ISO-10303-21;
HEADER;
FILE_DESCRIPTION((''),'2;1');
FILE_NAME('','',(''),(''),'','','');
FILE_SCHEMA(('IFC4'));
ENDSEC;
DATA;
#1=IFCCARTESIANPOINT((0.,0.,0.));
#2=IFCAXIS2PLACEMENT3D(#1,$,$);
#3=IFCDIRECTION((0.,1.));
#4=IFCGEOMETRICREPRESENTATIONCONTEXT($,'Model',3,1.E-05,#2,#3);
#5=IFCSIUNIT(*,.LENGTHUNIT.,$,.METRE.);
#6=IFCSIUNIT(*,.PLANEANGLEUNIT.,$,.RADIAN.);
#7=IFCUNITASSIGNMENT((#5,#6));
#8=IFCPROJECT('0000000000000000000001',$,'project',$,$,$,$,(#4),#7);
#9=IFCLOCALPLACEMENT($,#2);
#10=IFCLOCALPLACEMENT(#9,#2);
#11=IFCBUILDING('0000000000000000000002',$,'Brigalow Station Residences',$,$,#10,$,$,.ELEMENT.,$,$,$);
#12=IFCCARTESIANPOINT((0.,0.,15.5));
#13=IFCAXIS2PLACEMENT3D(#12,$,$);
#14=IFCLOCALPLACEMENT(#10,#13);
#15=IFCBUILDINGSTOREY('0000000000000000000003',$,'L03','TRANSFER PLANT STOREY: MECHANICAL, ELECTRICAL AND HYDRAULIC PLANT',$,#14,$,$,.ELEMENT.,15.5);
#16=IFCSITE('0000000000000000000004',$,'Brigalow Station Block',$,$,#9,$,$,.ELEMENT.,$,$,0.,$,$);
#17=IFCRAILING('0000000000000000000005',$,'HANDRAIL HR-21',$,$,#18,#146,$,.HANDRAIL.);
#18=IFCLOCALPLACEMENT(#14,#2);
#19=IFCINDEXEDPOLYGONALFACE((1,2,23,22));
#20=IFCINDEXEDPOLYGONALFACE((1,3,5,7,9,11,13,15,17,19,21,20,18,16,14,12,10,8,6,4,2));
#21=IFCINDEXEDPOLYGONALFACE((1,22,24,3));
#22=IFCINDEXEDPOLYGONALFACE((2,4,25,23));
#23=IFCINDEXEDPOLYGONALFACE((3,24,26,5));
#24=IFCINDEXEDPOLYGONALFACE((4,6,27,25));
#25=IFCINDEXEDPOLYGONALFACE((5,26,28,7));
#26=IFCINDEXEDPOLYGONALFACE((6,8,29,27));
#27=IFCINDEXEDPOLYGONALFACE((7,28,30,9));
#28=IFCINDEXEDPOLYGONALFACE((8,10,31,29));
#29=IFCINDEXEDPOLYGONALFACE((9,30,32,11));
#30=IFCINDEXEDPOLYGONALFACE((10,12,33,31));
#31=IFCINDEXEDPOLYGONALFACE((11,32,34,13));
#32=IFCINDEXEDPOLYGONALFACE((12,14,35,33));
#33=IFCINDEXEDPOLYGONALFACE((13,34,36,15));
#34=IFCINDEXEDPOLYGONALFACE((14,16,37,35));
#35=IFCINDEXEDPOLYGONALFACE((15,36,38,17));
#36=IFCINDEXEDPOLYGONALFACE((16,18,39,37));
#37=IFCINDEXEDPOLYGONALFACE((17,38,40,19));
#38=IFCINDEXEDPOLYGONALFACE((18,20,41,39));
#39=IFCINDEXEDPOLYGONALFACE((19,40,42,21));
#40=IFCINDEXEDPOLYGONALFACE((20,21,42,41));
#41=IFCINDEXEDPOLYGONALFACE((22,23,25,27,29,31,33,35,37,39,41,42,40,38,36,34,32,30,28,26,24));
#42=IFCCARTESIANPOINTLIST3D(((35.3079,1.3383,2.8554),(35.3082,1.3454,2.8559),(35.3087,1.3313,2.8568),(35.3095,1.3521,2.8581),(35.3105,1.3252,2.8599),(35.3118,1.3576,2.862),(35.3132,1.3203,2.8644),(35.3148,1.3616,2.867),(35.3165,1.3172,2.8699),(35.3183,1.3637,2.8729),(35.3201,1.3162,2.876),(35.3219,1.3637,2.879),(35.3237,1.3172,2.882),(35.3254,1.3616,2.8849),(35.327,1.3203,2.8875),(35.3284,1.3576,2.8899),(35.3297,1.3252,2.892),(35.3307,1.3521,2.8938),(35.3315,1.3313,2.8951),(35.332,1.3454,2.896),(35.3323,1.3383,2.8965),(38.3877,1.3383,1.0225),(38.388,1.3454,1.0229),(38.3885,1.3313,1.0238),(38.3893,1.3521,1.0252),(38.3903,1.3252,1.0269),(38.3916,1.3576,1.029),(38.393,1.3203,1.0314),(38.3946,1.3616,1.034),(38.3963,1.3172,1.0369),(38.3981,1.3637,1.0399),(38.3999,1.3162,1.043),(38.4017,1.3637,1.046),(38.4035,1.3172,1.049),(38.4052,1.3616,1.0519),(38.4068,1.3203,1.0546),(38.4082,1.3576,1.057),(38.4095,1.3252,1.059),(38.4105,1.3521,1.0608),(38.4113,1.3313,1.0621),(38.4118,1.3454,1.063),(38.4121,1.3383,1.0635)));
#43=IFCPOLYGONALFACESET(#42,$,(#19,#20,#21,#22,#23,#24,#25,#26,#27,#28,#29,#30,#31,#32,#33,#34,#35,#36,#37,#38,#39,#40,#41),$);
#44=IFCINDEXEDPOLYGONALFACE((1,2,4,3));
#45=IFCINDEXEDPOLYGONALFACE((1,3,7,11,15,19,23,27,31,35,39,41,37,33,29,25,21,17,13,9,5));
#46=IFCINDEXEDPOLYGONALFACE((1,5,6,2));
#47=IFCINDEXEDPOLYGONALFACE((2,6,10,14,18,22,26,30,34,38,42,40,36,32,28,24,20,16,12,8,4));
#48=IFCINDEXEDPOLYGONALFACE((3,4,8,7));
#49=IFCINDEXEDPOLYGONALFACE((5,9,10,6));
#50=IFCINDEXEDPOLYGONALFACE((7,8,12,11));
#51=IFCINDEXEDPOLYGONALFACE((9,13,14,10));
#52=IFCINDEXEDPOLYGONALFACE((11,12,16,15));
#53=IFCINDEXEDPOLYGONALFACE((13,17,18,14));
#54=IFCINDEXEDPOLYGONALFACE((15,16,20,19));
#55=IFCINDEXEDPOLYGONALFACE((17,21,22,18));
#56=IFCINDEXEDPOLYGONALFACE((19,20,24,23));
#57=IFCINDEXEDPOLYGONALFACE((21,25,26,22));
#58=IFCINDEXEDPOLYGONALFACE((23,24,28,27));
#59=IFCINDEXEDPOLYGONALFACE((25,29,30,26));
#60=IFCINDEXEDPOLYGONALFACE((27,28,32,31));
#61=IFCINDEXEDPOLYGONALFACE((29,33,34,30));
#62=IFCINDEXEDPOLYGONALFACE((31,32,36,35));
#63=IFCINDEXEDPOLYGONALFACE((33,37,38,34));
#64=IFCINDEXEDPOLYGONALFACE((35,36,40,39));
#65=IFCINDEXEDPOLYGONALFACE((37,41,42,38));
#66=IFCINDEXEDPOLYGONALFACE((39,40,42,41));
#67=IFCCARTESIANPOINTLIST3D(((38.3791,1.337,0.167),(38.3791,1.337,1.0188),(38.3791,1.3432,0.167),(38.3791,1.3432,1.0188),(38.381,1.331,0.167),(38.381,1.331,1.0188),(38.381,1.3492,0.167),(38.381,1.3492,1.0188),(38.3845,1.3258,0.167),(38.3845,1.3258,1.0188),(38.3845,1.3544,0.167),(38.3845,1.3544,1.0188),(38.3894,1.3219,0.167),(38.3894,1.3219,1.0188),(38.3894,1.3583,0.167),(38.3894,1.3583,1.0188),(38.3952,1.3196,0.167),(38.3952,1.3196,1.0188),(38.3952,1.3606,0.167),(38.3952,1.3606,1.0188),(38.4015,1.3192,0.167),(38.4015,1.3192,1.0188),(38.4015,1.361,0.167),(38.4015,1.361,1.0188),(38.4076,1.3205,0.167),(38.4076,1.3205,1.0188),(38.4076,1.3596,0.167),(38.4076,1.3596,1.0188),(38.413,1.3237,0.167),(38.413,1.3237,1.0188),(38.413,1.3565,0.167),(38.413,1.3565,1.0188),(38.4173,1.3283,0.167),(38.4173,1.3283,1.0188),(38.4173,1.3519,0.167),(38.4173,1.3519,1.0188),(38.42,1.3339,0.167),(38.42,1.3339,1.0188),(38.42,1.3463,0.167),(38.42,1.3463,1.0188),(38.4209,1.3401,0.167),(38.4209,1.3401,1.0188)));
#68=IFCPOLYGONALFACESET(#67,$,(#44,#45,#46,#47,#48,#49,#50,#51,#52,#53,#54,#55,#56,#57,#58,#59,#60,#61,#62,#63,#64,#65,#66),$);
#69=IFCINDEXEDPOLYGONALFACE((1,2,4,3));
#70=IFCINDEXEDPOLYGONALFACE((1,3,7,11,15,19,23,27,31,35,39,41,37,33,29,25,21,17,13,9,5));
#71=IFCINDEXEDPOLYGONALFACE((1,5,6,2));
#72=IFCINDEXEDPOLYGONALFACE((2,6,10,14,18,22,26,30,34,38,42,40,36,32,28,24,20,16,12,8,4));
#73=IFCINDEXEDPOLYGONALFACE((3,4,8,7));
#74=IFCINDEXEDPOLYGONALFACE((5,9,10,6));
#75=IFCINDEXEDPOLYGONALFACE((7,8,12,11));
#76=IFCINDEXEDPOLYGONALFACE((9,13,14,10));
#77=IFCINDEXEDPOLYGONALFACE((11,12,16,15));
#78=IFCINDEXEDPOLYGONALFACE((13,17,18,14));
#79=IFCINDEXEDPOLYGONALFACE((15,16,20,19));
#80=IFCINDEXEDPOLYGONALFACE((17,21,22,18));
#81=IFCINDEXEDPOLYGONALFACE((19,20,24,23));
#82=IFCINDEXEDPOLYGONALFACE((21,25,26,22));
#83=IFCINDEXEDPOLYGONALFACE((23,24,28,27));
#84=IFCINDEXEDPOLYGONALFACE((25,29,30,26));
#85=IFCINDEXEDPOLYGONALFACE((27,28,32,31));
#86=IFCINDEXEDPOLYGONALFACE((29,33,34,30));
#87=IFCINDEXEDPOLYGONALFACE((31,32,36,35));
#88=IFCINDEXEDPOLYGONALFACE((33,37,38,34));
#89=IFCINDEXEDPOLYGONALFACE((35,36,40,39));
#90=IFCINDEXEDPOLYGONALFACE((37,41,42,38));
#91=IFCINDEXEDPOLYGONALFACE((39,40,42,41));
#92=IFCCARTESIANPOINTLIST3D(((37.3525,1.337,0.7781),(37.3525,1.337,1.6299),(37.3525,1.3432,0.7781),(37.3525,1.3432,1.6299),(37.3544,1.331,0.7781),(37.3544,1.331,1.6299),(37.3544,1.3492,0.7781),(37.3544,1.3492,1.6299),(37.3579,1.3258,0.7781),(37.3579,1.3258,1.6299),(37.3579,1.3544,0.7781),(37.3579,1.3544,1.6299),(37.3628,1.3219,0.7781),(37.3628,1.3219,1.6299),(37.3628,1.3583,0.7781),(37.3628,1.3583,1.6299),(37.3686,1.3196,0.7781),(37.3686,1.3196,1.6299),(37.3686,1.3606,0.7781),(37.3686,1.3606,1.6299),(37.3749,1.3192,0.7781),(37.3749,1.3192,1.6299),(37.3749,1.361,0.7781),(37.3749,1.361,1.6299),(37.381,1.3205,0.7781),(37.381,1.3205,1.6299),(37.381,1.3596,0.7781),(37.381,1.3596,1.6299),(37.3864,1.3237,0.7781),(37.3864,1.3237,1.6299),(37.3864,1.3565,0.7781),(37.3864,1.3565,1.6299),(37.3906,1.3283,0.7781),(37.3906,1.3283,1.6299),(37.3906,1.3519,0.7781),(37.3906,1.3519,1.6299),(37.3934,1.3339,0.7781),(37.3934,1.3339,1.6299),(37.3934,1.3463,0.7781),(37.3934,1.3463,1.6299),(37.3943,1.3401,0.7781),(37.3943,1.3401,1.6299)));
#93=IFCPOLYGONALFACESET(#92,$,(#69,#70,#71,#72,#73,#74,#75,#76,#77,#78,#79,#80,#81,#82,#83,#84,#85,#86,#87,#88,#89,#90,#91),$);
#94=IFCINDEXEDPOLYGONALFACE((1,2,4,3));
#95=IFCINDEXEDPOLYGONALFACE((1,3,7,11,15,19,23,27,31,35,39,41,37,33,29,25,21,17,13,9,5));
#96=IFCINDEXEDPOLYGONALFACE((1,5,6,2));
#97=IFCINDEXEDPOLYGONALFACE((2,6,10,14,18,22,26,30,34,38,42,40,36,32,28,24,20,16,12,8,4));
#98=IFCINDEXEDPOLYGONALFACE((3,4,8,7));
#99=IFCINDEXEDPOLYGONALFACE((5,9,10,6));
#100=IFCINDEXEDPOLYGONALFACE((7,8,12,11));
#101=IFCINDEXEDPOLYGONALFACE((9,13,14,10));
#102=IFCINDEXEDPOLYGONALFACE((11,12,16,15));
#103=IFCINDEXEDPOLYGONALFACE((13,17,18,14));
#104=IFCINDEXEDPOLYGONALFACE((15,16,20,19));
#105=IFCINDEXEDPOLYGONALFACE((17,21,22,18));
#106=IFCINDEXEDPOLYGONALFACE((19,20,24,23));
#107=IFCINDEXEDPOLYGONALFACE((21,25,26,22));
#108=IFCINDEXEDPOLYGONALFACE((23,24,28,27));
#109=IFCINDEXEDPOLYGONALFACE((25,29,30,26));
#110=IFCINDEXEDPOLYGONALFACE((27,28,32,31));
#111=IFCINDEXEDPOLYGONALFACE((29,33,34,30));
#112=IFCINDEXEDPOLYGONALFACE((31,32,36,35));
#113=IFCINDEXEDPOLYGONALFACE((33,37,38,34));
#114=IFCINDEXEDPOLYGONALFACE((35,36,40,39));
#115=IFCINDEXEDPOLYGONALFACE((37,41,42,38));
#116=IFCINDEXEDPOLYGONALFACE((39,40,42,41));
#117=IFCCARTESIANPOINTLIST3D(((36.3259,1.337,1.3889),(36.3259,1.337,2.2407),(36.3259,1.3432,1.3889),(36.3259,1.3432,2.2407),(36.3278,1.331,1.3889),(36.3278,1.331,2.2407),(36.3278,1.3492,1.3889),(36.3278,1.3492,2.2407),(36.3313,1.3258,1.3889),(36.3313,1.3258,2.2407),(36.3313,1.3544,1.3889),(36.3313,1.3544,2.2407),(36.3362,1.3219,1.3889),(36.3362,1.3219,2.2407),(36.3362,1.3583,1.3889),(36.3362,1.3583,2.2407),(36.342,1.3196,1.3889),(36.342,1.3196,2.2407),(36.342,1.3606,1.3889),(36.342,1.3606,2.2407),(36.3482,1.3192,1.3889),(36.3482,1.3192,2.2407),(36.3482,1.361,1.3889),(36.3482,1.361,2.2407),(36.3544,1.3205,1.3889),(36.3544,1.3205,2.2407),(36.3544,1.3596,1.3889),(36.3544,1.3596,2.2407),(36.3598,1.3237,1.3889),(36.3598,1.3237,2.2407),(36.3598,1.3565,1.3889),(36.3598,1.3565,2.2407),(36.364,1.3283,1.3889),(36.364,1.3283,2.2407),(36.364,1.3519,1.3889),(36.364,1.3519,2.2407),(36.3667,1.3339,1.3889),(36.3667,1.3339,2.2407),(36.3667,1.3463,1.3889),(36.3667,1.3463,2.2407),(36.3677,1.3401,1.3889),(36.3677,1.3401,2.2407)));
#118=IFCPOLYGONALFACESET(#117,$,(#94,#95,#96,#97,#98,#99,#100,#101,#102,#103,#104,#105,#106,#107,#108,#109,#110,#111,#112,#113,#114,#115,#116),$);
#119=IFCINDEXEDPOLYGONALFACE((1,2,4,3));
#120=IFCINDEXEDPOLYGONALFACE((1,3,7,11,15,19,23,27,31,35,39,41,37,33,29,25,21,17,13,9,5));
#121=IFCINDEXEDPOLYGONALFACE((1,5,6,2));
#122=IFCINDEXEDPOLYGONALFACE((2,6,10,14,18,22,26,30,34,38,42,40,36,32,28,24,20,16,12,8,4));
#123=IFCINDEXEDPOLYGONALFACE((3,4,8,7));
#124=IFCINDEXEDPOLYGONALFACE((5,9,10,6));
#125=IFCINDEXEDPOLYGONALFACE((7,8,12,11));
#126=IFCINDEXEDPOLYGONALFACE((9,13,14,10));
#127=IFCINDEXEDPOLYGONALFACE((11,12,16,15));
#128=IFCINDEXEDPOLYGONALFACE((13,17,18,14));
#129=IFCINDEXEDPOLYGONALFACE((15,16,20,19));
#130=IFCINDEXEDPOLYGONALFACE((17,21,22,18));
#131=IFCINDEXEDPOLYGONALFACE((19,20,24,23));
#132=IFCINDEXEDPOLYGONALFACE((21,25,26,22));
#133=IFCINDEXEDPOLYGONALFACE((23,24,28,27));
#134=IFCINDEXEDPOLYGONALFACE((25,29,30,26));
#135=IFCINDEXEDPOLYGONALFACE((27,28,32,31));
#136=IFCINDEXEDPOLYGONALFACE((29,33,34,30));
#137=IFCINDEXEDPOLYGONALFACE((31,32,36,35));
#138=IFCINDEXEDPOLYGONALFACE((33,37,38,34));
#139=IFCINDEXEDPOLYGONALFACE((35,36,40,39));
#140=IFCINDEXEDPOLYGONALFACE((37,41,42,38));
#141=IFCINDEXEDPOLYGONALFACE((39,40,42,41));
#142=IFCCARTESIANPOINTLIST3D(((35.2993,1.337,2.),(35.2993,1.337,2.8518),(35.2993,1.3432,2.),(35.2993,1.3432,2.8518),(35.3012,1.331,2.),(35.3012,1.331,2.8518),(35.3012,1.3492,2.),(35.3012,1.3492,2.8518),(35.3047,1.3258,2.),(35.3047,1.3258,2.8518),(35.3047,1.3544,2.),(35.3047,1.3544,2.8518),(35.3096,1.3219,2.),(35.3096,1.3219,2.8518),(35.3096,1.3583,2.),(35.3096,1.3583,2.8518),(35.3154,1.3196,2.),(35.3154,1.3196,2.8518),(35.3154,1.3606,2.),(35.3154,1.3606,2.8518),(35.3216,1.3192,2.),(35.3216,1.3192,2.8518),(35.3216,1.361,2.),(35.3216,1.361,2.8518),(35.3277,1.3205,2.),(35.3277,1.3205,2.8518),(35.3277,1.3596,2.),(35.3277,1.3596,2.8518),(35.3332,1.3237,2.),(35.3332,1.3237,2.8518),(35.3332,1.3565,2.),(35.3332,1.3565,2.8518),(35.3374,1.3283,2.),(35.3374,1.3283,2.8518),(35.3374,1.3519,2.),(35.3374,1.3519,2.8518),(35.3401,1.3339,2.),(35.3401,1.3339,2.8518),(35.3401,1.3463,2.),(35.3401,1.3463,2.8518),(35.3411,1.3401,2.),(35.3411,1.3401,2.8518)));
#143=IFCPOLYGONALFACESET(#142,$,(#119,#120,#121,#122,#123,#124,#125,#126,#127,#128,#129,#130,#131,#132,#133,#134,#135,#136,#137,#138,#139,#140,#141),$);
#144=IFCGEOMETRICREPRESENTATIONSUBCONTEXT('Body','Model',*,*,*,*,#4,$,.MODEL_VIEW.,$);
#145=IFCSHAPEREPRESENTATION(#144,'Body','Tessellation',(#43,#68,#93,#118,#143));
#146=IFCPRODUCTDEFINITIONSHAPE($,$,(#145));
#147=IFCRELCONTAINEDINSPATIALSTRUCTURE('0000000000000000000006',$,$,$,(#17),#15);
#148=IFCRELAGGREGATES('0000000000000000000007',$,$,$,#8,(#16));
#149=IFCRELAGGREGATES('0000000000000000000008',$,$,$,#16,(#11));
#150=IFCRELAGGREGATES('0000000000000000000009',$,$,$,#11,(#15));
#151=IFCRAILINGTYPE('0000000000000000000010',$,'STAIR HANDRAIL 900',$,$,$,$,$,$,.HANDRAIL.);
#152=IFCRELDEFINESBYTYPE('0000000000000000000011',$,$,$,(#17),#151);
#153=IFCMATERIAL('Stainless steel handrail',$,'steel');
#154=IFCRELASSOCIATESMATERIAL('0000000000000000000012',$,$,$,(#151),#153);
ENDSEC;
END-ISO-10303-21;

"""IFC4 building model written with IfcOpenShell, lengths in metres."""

from ifc_helpers import new_model, si_unit, direction, frame, origin, origin_2d, place, context, subcontext, project, spatial, circle, extrude, material, type_object, element, save


model = new_model("IFC4")

# Units and contexts
model_context = context("Model", 3, precision=1e-05, world=origin(), true_north=direction((0.0, 1.0)))
body_context = subcontext(model_context, "Body", "Model", "MODEL_VIEW")
ifc_project = project(units=[si_unit("LENGTHUNIT", "METRE"), si_unit("PLANEANGLEUNIT", "RADIAN")], contexts=[model_context])

# Site, building, storey
site_placement = place(None, origin())
site = spatial("IfcSite", under=ifc_project, at=site_placement, Name="Brigalow Station Block", CompositionType="ELEMENT", RefElevation=0.0)
building_placement = place(site_placement, origin())
building = spatial("IfcBuilding", under=site, at=building_placement, Name="Brigalow Station Residences", CompositionType="ELEMENT")
storey_placement = place(building_placement, frame((0.0, 0.0, 15.5)))
storey = spatial("IfcBuildingStorey", under=building, at=storey_placement, Name="L03", Description="TRANSFER PLANT STOREY: MECHANICAL, ELECTRICAL AND HYDRAULIC PLANT", CompositionType="ELEMENT", Elevation=15.5)

# Railing
ifc_material_1 = material(Name="Stainless steel handrail", Category="steel")
railing_type_1 = type_object("IfcRailingType", Name="STAIR HANDRAIL 900", PredefinedType="HANDRAIL", material=ifc_material_1)
railing_1_placement = place(storey_placement, frame((38.3999, 1.3401, 0.167)))
element("IfcRailing", 1, at=railing_1_placement, inside=storey, type_object=railing_type_1, Name="HANDRAIL HR-21", PredefinedType="HANDRAIL", context=body_context, shape_type="SweptSolid", body=[
    extrude(circle(Radius=0.0239, at=origin_2d()), frame((0.0, 0.0, 0.876), z_axis=(-0.859321, 0.0, 0.511437), x_axis=(0.0, -1.0, 0.0)), (0.0, 0.0, 1.0), 3.584),
    extrude(circle(Radius=0.021, at=origin_2d()), origin(), (0.0, 0.0, 1.0), 0.8518),
    extrude(circle(Radius=0.021, at=origin_2d()), frame((-1.0266, 0.0, 0.6111)), (0.0, 0.0, 1.0), 0.8518),
    extrude(circle(Radius=0.021, at=origin_2d()), frame((-2.0532, 0.0, 1.2219)), (0.0, 0.0, 1.0), 0.8518),
    extrude(circle(Radius=0.021, at=origin_2d()), frame((-3.0798, 0.0, 1.833)), (0.0, 0.0, 1.0), 0.8518),
])

save(model, "model.ifc")
